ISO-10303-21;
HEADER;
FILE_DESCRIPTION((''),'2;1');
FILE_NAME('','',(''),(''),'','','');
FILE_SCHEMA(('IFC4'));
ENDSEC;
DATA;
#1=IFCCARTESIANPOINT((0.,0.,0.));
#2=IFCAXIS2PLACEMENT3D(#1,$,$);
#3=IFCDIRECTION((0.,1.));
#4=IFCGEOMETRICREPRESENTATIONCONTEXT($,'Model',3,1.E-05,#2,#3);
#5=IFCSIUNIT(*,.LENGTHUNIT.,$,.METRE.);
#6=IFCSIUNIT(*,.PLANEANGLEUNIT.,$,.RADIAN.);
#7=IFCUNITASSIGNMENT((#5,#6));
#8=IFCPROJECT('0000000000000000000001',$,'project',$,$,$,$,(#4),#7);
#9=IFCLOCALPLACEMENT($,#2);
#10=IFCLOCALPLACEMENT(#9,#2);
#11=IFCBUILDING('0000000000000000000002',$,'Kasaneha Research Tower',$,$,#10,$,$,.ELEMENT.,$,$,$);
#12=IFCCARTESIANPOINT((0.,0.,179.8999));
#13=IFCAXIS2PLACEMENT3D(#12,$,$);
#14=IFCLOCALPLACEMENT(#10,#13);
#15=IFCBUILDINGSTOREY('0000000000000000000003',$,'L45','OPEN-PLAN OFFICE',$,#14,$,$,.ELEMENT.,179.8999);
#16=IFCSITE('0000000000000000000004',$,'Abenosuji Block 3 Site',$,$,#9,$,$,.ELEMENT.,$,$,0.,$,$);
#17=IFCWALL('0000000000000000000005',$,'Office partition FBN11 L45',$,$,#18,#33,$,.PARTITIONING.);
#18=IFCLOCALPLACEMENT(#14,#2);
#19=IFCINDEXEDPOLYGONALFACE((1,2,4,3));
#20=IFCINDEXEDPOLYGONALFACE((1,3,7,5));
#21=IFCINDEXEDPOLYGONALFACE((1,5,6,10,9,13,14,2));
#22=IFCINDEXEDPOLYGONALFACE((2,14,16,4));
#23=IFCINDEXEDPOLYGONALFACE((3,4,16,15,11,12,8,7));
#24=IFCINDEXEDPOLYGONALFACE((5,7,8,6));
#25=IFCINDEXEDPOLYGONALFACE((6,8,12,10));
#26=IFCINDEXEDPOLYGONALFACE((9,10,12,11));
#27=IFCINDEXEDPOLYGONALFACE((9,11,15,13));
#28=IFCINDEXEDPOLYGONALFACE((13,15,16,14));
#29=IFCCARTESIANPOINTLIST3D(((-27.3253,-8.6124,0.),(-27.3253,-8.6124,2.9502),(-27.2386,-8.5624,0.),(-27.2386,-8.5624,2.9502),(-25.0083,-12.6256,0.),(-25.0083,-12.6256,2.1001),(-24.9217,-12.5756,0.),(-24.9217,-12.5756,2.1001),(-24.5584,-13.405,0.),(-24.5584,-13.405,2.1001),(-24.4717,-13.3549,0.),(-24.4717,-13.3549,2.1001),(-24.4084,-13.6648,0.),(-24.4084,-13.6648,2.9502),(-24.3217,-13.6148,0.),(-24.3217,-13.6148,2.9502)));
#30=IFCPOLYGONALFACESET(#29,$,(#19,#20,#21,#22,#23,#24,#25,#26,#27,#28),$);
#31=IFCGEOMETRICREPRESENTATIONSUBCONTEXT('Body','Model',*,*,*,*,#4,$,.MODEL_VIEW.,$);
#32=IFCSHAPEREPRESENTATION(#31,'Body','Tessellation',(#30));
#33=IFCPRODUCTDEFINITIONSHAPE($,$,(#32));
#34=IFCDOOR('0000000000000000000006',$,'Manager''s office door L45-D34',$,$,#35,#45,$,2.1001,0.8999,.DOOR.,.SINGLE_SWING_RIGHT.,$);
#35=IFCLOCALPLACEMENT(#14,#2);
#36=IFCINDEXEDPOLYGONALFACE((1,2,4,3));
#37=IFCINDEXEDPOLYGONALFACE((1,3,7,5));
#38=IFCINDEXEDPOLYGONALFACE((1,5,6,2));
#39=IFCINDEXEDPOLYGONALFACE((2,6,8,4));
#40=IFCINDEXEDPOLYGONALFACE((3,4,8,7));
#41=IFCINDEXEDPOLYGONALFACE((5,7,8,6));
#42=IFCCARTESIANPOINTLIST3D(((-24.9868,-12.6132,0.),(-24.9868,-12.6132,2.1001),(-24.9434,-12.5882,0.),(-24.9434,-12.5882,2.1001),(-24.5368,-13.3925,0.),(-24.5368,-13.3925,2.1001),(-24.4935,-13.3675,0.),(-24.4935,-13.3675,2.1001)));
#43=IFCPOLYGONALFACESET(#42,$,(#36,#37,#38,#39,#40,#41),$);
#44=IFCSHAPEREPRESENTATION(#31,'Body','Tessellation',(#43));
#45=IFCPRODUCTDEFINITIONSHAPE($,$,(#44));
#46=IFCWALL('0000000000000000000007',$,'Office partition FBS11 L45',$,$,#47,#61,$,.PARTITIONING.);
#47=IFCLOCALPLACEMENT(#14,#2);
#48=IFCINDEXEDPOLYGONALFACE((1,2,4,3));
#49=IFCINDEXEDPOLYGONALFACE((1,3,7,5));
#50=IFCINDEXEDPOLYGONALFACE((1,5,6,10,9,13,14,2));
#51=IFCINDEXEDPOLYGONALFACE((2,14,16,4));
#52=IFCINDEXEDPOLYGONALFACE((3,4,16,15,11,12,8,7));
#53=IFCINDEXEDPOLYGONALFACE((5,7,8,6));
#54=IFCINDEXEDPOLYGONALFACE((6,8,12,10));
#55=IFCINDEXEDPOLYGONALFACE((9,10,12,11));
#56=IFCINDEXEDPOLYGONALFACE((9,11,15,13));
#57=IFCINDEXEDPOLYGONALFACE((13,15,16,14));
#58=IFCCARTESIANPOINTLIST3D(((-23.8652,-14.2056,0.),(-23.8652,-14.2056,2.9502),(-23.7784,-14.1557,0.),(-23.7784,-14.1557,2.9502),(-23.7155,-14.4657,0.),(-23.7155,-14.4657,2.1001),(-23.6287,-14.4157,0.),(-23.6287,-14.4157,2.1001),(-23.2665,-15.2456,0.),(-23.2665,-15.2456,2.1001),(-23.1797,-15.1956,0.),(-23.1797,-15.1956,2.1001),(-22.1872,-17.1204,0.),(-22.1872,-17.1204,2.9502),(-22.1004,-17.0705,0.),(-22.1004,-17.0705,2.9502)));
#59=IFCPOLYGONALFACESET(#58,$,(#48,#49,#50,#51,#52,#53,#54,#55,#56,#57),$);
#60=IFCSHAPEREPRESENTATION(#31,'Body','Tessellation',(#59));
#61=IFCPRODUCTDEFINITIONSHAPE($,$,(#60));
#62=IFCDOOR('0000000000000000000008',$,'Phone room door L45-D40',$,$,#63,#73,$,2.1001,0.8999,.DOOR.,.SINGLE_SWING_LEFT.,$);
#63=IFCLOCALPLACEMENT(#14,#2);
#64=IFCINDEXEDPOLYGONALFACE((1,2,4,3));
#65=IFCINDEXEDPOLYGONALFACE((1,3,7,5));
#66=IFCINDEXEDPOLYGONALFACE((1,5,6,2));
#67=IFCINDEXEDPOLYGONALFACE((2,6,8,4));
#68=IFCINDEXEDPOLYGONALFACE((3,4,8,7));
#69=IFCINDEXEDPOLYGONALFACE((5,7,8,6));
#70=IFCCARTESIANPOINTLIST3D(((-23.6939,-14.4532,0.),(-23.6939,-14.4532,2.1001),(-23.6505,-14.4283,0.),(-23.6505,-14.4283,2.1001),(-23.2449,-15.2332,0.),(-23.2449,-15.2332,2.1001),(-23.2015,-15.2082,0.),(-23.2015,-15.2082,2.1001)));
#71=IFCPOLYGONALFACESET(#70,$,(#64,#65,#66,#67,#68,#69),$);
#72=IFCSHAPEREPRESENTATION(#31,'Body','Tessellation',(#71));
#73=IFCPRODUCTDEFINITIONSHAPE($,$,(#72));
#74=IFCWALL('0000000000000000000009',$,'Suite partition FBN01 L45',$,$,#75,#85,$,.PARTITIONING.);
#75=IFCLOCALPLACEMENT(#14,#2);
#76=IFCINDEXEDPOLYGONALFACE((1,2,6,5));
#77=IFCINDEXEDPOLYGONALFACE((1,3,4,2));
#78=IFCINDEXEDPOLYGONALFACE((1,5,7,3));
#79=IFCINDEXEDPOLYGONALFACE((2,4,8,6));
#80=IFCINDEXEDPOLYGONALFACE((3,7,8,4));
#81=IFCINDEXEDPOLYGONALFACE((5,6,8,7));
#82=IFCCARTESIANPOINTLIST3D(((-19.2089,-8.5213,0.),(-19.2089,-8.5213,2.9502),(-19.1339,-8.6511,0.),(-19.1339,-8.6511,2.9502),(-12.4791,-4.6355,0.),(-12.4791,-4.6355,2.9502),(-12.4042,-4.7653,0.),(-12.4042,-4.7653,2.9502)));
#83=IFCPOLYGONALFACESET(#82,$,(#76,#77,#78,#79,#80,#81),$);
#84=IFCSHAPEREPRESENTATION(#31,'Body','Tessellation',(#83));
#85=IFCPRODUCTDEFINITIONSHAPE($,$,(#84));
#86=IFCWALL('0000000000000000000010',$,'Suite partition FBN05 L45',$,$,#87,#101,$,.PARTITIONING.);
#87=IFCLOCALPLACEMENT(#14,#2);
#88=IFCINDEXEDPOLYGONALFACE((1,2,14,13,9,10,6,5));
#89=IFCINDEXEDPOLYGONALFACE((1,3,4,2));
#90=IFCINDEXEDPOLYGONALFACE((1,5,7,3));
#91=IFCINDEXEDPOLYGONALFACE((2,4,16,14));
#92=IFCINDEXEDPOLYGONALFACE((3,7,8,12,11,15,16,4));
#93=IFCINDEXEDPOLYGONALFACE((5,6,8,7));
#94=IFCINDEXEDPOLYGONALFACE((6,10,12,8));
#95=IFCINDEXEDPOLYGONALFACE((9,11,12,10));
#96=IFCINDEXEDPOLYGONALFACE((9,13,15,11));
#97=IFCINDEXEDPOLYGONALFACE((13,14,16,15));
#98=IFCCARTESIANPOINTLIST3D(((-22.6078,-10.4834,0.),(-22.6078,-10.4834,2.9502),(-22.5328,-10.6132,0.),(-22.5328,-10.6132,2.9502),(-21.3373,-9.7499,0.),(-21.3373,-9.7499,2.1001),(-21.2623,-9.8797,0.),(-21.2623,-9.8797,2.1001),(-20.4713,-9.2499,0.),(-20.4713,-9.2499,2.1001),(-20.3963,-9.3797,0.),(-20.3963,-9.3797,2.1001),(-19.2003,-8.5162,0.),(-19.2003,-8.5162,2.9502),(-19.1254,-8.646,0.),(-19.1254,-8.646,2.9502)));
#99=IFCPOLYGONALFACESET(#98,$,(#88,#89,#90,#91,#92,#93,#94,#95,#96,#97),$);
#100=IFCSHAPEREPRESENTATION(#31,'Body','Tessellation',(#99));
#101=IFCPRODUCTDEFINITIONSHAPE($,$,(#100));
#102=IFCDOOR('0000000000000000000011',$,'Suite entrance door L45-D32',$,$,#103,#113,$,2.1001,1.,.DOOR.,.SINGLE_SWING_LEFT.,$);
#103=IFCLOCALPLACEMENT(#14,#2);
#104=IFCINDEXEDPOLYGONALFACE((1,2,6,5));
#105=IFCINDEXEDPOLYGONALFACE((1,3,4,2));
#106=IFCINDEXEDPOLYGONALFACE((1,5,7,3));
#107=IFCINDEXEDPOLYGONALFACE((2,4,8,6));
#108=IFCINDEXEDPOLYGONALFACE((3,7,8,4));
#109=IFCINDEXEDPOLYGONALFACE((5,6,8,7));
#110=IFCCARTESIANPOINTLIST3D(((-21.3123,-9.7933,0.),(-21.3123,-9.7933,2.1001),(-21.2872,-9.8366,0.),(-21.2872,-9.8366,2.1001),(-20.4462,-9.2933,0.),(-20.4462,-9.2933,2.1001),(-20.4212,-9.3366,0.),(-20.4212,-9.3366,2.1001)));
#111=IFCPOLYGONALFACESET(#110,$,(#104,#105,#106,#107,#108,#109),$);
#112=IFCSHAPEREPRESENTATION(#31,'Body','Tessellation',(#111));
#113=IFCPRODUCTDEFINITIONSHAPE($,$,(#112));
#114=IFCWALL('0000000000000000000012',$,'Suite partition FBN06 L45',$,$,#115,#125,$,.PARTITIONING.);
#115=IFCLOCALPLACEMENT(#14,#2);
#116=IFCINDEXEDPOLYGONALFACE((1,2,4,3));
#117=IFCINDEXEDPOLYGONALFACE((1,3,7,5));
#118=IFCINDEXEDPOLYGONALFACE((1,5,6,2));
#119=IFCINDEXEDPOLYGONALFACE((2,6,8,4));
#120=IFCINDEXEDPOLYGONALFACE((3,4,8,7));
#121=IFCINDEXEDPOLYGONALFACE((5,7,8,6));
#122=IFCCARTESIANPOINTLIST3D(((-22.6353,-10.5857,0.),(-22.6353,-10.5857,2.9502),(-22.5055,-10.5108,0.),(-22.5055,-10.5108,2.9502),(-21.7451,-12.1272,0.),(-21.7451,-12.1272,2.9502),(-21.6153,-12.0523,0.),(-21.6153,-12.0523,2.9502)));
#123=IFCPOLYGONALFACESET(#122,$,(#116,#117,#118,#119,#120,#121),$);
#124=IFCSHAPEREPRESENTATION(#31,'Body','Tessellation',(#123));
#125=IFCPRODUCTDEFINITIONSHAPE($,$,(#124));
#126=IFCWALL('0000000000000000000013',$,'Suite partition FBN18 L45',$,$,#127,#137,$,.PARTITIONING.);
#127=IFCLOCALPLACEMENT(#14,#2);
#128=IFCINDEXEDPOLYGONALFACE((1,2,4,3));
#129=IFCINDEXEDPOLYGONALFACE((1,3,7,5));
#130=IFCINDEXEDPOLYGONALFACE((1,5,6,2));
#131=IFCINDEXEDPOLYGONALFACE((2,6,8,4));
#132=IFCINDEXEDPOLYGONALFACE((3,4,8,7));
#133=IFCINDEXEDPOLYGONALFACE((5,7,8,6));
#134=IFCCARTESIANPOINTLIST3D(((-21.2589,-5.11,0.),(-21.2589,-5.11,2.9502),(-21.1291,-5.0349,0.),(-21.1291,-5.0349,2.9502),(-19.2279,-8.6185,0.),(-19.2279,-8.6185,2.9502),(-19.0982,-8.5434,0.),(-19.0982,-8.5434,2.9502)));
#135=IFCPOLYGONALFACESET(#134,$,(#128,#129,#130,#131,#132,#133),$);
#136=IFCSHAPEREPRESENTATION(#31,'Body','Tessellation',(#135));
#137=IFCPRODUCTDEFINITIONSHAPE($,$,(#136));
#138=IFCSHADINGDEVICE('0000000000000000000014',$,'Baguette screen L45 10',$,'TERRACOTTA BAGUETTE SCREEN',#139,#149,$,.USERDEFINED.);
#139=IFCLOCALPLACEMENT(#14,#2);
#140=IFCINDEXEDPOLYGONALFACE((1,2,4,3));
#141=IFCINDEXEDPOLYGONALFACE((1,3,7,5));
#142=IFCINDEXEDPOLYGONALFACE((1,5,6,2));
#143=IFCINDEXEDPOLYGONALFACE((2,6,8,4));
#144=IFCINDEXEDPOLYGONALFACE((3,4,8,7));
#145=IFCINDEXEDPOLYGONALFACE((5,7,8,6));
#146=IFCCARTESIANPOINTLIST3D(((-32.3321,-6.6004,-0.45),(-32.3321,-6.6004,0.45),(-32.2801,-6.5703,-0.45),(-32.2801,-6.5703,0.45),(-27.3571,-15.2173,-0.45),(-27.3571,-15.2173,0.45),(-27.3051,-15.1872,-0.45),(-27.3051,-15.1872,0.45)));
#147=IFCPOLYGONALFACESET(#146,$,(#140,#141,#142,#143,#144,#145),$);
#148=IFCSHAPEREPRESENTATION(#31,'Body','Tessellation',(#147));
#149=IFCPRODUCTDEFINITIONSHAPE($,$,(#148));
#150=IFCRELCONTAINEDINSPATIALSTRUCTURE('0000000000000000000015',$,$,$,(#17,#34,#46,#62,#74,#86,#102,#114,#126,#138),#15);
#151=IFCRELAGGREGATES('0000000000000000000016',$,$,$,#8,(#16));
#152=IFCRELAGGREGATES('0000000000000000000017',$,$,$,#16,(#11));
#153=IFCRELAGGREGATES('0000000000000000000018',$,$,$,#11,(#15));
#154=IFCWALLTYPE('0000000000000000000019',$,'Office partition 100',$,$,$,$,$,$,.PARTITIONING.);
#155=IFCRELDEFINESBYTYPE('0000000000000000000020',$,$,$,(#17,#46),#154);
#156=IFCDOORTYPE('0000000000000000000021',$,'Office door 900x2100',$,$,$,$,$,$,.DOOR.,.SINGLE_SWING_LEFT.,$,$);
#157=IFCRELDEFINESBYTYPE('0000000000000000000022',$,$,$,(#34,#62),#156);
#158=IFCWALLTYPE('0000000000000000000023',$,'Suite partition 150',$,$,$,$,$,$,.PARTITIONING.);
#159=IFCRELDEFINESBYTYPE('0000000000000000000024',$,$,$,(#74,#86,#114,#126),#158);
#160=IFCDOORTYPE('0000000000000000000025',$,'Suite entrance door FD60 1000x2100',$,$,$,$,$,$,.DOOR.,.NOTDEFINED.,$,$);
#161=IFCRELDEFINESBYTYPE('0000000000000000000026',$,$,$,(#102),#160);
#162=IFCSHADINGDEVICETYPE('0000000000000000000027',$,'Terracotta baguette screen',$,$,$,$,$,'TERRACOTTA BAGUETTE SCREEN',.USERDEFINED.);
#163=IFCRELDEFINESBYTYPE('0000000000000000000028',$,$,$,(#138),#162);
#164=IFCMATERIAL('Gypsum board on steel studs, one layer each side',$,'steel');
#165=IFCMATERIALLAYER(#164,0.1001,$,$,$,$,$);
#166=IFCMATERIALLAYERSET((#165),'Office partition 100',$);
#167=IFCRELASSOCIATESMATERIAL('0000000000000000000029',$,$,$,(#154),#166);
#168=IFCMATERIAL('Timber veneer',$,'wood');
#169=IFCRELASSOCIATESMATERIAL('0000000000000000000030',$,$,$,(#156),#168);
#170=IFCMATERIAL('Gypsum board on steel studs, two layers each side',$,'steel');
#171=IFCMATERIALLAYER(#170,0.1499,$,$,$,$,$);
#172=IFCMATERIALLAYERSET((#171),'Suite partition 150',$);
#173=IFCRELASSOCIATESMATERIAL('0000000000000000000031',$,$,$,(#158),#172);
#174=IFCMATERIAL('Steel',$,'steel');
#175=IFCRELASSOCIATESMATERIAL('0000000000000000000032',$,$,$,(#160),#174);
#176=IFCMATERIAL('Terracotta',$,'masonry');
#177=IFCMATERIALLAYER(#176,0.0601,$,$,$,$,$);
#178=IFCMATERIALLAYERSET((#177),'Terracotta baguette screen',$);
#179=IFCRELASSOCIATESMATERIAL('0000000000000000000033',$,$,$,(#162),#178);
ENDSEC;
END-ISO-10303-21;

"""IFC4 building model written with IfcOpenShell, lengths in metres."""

from ifc_helpers import new_model, si_unit, direction, frame, frame_2d, origin, origin_2d, place, context, subcontext, project, spatial, rectangle, extrude, material, layer, layer_set, type_object, element, fill, save


model = new_model("IFC4")

# Units and contexts
model_context = context("Model", 3, precision=1e-05, world=origin(), true_north=direction((0.0, 1.0)))
body_context = subcontext(model_context, "Body", "Model", "MODEL_VIEW")
ifc_project = project(units=[si_unit("LENGTHUNIT", "METRE"), si_unit("PLANEANGLEUNIT", "RADIAN")], contexts=[model_context])

# Site, building, storey
site_placement = place(None, origin())
site = spatial("IfcSite", under=ifc_project, at=site_placement, Name="Abenosuji Block 3 Site", CompositionType="ELEMENT", RefElevation=0.0)
building_placement = place(site_placement, origin())
building = spatial("IfcBuilding", under=site, at=building_placement, Name="Kasaneha Research Tower", CompositionType="ELEMENT")
storey_placement = place(building_placement, frame((0.0, 0.0, 179.8999)))
storey = spatial("IfcBuildingStorey", under=building, at=storey_placement, Name="L45", Description="OPEN-PLAN OFFICE", CompositionType="ELEMENT", Elevation=179.8999)

# Shared definitions
ifc_material_1 = material(Name="Gypsum board on steel studs, one layer each side", Category="steel")
ifc_layer_1 = layer(ifc_material_1, 0.1001)
ifc_layer_set_1 = layer_set([ifc_layer_1], Name="Office partition 100")
wall_type_1 = type_object("IfcWallType", Name="Office partition 100", PredefinedType="PARTITIONING", material=ifc_layer_set_1)

# Walls, openings, doors
ifc_material_2 = material(Name="Timber veneer", Category="wood")
door_type_1 = type_object("IfcDoorType", Name="Office door 900x2100", OperationType="SINGLE_SWING_LEFT", PredefinedType="DOOR", material=ifc_material_2)
wall_1_placement = place(storey_placement, frame((-27.282, -8.5874, 0.0), z_axis=(0.0, 0.0, 1.0), x_axis=(0.499992, -0.86603, 0.0)))
wall_1 = element("IfcWall", 1, at=wall_1_placement, inside=storey, type_object=wall_type_1, Name="Office partition FBN11 L45", PredefinedType="PARTITIONING", context=body_context, shape_type="SweptSolid", body=[
    extrude(rectangle(XDim=5.834, YDim=0.1001, at=frame_2d((2.917, 0.0))), origin(), (0.0, 0.0, 1.0), 2.9502),
])
opening_1_placement = place(wall_1_placement, frame((4.634, 0.0, 0.0)))
opening_1 = element("IfcOpeningElement", 2, at=opening_1_placement, cuts=wall_1, PredefinedType="OPENING", context=body_context, shape_type="SweptSolid", body=[
    extrude(rectangle(XDim=0.8999, YDim=2.1001, at=frame_2d((0.45, 1.05))), frame((0.0, 0.0601, 0.0), z_axis=(0.0, -1.0, 0.0), x_axis=(1.0, 0.0, 0.0)), (0.0, 0.0, 1.0), 0.1201),
])
door_1_placement = place(opening_1_placement, origin())
door_1 = element("IfcDoor", 3, at=door_1_placement, inside=storey, type_object=door_type_1, Name="Manager's office door L45-D34", OperationType="SINGLE_SWING_RIGHT", OverallHeight=2.1001, OverallWidth=0.8999, PredefinedType="DOOR", context=body_context, shape_type="SweptSolid", body=[
    extrude(rectangle(XDim=0.8999, YDim=2.1001, at=frame_2d((0.45, 1.05))), frame((0.0, 0.0249, 0.0), z_axis=(0.0, -1.0, 0.0), x_axis=(1.0, 0.0, 0.0)), (0.0, 0.0, 1.0), 0.05),
])
fill(opening_1, door_1)
wall_2_placement = place(storey_placement, frame((-23.8218, -14.1807, 0.0), z_axis=(0.0, 0.0, 1.0), x_axis=(0.498912, -0.866653, 0.0)))
wall_2 = element("IfcWall", 4, at=wall_2_placement, inside=storey, type_object=wall_type_1, Name="Office partition FBS11 L45", PredefinedType="PARTITIONING", context=body_context, shape_type="SweptSolid", body=[
    extrude(rectangle(XDim=3.3633, YDim=0.1001, at=frame_2d((1.6816, 0.0))), origin(), (0.0, 0.0, 1.0), 2.9502),
])
opening_2_placement = place(wall_2_placement, frame((0.3, 0.0, 0.0)))
opening_2 = element("IfcOpeningElement", 5, at=opening_2_placement, cuts=wall_2, PredefinedType="OPENING", context=body_context, shape_type="SweptSolid", body=[
    extrude(rectangle(XDim=0.8999, YDim=2.1001, at=frame_2d((0.45, 1.05))), frame((0.0, 0.0601, 0.0), z_axis=(0.0, -1.0, 0.0), x_axis=(1.0, 0.0, 0.0)), (0.0, 0.0, 1.0), 0.1201),
])
door_2_placement = place(opening_2_placement, origin())
door_2 = element("IfcDoor", 6, at=door_2_placement, inside=storey, type_object=door_type_1, Name="Phone room door L45-D40", OperationType="SINGLE_SWING_LEFT", OverallHeight=2.1001, OverallWidth=0.8999, PredefinedType="DOOR", context=body_context, shape_type="SweptSolid", body=[
    extrude(rectangle(XDim=0.8999, YDim=2.1001, at=frame_2d((0.45, 1.05))), frame((0.0, 0.0249, 0.0), z_axis=(0.0, -1.0, 0.0), x_axis=(1.0, 0.0, 0.0)), (0.0, 0.0, 1.0), 0.05),
])
fill(opening_2, door_2)

# Wall
ifc_material_3 = material(Name="Gypsum board on steel studs, two layers each side", Category="steel")
ifc_layer_2 = layer(ifc_material_3, 0.1499)
ifc_layer_set_2 = layer_set([ifc_layer_2], Name="Suite partition 150")
wall_type_2 = type_object("IfcWallType", Name="Suite partition 150", PredefinedType="PARTITIONING", material=ifc_layer_set_2)
wall_3_placement = place(storey_placement, frame((-19.1714, -8.5862, 0.0), z_axis=(0.0, 0.0, 1.0), x_axis=(0.866007, 0.500032, 0.0)))
element("IfcWall", 7, at=wall_3_placement, inside=storey, type_object=wall_type_2, Name="Suite partition FBN01 L45", PredefinedType="PARTITIONING", context=body_context, shape_type="SweptSolid", body=[
    extrude(rectangle(XDim=7.771, YDim=0.1499, at=frame_2d((3.8855, 0.0))), origin(), (0.0, 0.0, 1.0), 2.9502),
])

# Wall, opening, door
wall_4_placement = place(storey_placement, frame((-22.5703, -10.5483, 0.0), z_axis=(0.0, 0.0, 1.0), x_axis=(0.866027, 0.499996, 0.0)))
wall_4 = element("IfcWall", 8, at=wall_4_placement, inside=storey, type_object=wall_type_2, Name="Suite partition FBN05 L45", PredefinedType="PARTITIONING", context=body_context, shape_type="SweptSolid", body=[
    extrude(rectangle(XDim=3.9346, YDim=0.1499, at=frame_2d((1.9673, 0.0))), origin(), (0.0, 0.0, 1.0), 2.9502),
])
opening_3_placement = place(wall_4_placement, frame((1.467, 0.0, 0.0)))
opening_3 = element("IfcOpeningElement", 9, at=opening_3_placement, cuts=wall_4, PredefinedType="OPENING", context=body_context, shape_type="SweptSolid", body=[
    extrude(rectangle(XDim=1.0, YDim=2.1001, at=frame_2d((0.5, 1.05))), frame((0.0, 0.085, 0.0), z_axis=(0.0, -1.0, 0.0), x_axis=(1.0, 0.0, 0.0)), (0.0, 0.0, 1.0), 0.1699),
])
ifc_material_4 = material(Name="Steel", Category="steel")
door_type_2 = type_object("IfcDoorType", Name="Suite entrance door FD60 1000x2100", OperationType="NOTDEFINED", PredefinedType="DOOR", material=ifc_material_4)
door_3_placement = place(opening_3_placement, origin())
door_3 = element("IfcDoor", 10, at=door_3_placement, inside=storey, type_object=door_type_2, Name="Suite entrance door L45-D32", OperationType="SINGLE_SWING_LEFT", OverallHeight=2.1001, OverallWidth=1.0, PredefinedType="DOOR", context=body_context, shape_type="SweptSolid", body=[
    extrude(rectangle(XDim=1.0, YDim=2.1001, at=frame_2d((0.5, 1.05))), frame((0.0, 0.0249, 0.0), z_axis=(0.0, -1.0, 0.0), x_axis=(1.0, 0.0, 0.0)), (0.0, 0.0, 1.0), 0.05),
])
fill(opening_3, door_3)

# Walls
wall_5_placement = place(storey_placement, frame((-21.6802, -12.0898, 0.0), z_axis=(0.0, 0.0, 1.0), x_axis=(-0.500063, 0.865989, 0.0)))
element("IfcWall", 11, at=wall_5_placement, inside=storey, type_object=wall_type_2, Name="Suite partition FBN06 L45", PredefinedType="PARTITIONING", context=body_context, shape_type="SweptSolid", body=[
    extrude(rectangle(XDim=1.78, YDim=0.1499, at=frame_2d((0.8901, 0.0))), origin(), (0.0, 0.0, 1.0), 2.9502),
])
wall_6_placement = place(storey_placement, frame((-19.1631, -8.5808, 0.0), z_axis=(0.0, 0.0, 1.0), x_axis=(-0.500989, 0.865454, 0.0)))
element("IfcWall", 12, at=wall_6_placement, inside=storey, type_object=wall_type_2, Name="Suite partition FBN18 L45", PredefinedType="PARTITIONING", context=body_context, shape_type="SweptSolid", body=[
    extrude(rectangle(XDim=4.054, YDim=0.1499, at=frame_2d((2.0269, 0.0))), origin(), (0.0, 0.0, 1.0), 2.9502),
])

# Shading device
ifc_material_5 = material(Name="Terracotta", Category="masonry")
ifc_layer_3 = layer(ifc_material_5, 0.0601)
ifc_layer_set_3 = layer_set([ifc_layer_3], Name="Terracotta baguette screen")
shading_device_type = type_object("IfcShadingDeviceType", Name="Terracotta baguette screen", ElementType="TERRACOTTA BAGUETTE SCREEN", PredefinedType="USERDEFINED", material=ifc_layer_set_3)
shading_device_placement = place(storey_placement, frame((-29.8186, -10.8938, -0.45), z_axis=(0.0, 0.0, 1.0), x_axis=(0.5, -0.866025, 0.0)))
element("IfcShadingDevice", 13, at=shading_device_placement, inside=storey, type_object=shading_device_type, Name="Baguette screen L45 10", ObjectType="TERRACOTTA BAGUETTE SCREEN", PredefinedType="USERDEFINED", context=body_context, shape_type="SweptSolid", body=[
    extrude(rectangle(XDim=9.95, YDim=0.0601, at=origin_2d()), origin(), (0.0, 0.0, 1.0), 0.8999),
])

save(model, "model.ifc")
